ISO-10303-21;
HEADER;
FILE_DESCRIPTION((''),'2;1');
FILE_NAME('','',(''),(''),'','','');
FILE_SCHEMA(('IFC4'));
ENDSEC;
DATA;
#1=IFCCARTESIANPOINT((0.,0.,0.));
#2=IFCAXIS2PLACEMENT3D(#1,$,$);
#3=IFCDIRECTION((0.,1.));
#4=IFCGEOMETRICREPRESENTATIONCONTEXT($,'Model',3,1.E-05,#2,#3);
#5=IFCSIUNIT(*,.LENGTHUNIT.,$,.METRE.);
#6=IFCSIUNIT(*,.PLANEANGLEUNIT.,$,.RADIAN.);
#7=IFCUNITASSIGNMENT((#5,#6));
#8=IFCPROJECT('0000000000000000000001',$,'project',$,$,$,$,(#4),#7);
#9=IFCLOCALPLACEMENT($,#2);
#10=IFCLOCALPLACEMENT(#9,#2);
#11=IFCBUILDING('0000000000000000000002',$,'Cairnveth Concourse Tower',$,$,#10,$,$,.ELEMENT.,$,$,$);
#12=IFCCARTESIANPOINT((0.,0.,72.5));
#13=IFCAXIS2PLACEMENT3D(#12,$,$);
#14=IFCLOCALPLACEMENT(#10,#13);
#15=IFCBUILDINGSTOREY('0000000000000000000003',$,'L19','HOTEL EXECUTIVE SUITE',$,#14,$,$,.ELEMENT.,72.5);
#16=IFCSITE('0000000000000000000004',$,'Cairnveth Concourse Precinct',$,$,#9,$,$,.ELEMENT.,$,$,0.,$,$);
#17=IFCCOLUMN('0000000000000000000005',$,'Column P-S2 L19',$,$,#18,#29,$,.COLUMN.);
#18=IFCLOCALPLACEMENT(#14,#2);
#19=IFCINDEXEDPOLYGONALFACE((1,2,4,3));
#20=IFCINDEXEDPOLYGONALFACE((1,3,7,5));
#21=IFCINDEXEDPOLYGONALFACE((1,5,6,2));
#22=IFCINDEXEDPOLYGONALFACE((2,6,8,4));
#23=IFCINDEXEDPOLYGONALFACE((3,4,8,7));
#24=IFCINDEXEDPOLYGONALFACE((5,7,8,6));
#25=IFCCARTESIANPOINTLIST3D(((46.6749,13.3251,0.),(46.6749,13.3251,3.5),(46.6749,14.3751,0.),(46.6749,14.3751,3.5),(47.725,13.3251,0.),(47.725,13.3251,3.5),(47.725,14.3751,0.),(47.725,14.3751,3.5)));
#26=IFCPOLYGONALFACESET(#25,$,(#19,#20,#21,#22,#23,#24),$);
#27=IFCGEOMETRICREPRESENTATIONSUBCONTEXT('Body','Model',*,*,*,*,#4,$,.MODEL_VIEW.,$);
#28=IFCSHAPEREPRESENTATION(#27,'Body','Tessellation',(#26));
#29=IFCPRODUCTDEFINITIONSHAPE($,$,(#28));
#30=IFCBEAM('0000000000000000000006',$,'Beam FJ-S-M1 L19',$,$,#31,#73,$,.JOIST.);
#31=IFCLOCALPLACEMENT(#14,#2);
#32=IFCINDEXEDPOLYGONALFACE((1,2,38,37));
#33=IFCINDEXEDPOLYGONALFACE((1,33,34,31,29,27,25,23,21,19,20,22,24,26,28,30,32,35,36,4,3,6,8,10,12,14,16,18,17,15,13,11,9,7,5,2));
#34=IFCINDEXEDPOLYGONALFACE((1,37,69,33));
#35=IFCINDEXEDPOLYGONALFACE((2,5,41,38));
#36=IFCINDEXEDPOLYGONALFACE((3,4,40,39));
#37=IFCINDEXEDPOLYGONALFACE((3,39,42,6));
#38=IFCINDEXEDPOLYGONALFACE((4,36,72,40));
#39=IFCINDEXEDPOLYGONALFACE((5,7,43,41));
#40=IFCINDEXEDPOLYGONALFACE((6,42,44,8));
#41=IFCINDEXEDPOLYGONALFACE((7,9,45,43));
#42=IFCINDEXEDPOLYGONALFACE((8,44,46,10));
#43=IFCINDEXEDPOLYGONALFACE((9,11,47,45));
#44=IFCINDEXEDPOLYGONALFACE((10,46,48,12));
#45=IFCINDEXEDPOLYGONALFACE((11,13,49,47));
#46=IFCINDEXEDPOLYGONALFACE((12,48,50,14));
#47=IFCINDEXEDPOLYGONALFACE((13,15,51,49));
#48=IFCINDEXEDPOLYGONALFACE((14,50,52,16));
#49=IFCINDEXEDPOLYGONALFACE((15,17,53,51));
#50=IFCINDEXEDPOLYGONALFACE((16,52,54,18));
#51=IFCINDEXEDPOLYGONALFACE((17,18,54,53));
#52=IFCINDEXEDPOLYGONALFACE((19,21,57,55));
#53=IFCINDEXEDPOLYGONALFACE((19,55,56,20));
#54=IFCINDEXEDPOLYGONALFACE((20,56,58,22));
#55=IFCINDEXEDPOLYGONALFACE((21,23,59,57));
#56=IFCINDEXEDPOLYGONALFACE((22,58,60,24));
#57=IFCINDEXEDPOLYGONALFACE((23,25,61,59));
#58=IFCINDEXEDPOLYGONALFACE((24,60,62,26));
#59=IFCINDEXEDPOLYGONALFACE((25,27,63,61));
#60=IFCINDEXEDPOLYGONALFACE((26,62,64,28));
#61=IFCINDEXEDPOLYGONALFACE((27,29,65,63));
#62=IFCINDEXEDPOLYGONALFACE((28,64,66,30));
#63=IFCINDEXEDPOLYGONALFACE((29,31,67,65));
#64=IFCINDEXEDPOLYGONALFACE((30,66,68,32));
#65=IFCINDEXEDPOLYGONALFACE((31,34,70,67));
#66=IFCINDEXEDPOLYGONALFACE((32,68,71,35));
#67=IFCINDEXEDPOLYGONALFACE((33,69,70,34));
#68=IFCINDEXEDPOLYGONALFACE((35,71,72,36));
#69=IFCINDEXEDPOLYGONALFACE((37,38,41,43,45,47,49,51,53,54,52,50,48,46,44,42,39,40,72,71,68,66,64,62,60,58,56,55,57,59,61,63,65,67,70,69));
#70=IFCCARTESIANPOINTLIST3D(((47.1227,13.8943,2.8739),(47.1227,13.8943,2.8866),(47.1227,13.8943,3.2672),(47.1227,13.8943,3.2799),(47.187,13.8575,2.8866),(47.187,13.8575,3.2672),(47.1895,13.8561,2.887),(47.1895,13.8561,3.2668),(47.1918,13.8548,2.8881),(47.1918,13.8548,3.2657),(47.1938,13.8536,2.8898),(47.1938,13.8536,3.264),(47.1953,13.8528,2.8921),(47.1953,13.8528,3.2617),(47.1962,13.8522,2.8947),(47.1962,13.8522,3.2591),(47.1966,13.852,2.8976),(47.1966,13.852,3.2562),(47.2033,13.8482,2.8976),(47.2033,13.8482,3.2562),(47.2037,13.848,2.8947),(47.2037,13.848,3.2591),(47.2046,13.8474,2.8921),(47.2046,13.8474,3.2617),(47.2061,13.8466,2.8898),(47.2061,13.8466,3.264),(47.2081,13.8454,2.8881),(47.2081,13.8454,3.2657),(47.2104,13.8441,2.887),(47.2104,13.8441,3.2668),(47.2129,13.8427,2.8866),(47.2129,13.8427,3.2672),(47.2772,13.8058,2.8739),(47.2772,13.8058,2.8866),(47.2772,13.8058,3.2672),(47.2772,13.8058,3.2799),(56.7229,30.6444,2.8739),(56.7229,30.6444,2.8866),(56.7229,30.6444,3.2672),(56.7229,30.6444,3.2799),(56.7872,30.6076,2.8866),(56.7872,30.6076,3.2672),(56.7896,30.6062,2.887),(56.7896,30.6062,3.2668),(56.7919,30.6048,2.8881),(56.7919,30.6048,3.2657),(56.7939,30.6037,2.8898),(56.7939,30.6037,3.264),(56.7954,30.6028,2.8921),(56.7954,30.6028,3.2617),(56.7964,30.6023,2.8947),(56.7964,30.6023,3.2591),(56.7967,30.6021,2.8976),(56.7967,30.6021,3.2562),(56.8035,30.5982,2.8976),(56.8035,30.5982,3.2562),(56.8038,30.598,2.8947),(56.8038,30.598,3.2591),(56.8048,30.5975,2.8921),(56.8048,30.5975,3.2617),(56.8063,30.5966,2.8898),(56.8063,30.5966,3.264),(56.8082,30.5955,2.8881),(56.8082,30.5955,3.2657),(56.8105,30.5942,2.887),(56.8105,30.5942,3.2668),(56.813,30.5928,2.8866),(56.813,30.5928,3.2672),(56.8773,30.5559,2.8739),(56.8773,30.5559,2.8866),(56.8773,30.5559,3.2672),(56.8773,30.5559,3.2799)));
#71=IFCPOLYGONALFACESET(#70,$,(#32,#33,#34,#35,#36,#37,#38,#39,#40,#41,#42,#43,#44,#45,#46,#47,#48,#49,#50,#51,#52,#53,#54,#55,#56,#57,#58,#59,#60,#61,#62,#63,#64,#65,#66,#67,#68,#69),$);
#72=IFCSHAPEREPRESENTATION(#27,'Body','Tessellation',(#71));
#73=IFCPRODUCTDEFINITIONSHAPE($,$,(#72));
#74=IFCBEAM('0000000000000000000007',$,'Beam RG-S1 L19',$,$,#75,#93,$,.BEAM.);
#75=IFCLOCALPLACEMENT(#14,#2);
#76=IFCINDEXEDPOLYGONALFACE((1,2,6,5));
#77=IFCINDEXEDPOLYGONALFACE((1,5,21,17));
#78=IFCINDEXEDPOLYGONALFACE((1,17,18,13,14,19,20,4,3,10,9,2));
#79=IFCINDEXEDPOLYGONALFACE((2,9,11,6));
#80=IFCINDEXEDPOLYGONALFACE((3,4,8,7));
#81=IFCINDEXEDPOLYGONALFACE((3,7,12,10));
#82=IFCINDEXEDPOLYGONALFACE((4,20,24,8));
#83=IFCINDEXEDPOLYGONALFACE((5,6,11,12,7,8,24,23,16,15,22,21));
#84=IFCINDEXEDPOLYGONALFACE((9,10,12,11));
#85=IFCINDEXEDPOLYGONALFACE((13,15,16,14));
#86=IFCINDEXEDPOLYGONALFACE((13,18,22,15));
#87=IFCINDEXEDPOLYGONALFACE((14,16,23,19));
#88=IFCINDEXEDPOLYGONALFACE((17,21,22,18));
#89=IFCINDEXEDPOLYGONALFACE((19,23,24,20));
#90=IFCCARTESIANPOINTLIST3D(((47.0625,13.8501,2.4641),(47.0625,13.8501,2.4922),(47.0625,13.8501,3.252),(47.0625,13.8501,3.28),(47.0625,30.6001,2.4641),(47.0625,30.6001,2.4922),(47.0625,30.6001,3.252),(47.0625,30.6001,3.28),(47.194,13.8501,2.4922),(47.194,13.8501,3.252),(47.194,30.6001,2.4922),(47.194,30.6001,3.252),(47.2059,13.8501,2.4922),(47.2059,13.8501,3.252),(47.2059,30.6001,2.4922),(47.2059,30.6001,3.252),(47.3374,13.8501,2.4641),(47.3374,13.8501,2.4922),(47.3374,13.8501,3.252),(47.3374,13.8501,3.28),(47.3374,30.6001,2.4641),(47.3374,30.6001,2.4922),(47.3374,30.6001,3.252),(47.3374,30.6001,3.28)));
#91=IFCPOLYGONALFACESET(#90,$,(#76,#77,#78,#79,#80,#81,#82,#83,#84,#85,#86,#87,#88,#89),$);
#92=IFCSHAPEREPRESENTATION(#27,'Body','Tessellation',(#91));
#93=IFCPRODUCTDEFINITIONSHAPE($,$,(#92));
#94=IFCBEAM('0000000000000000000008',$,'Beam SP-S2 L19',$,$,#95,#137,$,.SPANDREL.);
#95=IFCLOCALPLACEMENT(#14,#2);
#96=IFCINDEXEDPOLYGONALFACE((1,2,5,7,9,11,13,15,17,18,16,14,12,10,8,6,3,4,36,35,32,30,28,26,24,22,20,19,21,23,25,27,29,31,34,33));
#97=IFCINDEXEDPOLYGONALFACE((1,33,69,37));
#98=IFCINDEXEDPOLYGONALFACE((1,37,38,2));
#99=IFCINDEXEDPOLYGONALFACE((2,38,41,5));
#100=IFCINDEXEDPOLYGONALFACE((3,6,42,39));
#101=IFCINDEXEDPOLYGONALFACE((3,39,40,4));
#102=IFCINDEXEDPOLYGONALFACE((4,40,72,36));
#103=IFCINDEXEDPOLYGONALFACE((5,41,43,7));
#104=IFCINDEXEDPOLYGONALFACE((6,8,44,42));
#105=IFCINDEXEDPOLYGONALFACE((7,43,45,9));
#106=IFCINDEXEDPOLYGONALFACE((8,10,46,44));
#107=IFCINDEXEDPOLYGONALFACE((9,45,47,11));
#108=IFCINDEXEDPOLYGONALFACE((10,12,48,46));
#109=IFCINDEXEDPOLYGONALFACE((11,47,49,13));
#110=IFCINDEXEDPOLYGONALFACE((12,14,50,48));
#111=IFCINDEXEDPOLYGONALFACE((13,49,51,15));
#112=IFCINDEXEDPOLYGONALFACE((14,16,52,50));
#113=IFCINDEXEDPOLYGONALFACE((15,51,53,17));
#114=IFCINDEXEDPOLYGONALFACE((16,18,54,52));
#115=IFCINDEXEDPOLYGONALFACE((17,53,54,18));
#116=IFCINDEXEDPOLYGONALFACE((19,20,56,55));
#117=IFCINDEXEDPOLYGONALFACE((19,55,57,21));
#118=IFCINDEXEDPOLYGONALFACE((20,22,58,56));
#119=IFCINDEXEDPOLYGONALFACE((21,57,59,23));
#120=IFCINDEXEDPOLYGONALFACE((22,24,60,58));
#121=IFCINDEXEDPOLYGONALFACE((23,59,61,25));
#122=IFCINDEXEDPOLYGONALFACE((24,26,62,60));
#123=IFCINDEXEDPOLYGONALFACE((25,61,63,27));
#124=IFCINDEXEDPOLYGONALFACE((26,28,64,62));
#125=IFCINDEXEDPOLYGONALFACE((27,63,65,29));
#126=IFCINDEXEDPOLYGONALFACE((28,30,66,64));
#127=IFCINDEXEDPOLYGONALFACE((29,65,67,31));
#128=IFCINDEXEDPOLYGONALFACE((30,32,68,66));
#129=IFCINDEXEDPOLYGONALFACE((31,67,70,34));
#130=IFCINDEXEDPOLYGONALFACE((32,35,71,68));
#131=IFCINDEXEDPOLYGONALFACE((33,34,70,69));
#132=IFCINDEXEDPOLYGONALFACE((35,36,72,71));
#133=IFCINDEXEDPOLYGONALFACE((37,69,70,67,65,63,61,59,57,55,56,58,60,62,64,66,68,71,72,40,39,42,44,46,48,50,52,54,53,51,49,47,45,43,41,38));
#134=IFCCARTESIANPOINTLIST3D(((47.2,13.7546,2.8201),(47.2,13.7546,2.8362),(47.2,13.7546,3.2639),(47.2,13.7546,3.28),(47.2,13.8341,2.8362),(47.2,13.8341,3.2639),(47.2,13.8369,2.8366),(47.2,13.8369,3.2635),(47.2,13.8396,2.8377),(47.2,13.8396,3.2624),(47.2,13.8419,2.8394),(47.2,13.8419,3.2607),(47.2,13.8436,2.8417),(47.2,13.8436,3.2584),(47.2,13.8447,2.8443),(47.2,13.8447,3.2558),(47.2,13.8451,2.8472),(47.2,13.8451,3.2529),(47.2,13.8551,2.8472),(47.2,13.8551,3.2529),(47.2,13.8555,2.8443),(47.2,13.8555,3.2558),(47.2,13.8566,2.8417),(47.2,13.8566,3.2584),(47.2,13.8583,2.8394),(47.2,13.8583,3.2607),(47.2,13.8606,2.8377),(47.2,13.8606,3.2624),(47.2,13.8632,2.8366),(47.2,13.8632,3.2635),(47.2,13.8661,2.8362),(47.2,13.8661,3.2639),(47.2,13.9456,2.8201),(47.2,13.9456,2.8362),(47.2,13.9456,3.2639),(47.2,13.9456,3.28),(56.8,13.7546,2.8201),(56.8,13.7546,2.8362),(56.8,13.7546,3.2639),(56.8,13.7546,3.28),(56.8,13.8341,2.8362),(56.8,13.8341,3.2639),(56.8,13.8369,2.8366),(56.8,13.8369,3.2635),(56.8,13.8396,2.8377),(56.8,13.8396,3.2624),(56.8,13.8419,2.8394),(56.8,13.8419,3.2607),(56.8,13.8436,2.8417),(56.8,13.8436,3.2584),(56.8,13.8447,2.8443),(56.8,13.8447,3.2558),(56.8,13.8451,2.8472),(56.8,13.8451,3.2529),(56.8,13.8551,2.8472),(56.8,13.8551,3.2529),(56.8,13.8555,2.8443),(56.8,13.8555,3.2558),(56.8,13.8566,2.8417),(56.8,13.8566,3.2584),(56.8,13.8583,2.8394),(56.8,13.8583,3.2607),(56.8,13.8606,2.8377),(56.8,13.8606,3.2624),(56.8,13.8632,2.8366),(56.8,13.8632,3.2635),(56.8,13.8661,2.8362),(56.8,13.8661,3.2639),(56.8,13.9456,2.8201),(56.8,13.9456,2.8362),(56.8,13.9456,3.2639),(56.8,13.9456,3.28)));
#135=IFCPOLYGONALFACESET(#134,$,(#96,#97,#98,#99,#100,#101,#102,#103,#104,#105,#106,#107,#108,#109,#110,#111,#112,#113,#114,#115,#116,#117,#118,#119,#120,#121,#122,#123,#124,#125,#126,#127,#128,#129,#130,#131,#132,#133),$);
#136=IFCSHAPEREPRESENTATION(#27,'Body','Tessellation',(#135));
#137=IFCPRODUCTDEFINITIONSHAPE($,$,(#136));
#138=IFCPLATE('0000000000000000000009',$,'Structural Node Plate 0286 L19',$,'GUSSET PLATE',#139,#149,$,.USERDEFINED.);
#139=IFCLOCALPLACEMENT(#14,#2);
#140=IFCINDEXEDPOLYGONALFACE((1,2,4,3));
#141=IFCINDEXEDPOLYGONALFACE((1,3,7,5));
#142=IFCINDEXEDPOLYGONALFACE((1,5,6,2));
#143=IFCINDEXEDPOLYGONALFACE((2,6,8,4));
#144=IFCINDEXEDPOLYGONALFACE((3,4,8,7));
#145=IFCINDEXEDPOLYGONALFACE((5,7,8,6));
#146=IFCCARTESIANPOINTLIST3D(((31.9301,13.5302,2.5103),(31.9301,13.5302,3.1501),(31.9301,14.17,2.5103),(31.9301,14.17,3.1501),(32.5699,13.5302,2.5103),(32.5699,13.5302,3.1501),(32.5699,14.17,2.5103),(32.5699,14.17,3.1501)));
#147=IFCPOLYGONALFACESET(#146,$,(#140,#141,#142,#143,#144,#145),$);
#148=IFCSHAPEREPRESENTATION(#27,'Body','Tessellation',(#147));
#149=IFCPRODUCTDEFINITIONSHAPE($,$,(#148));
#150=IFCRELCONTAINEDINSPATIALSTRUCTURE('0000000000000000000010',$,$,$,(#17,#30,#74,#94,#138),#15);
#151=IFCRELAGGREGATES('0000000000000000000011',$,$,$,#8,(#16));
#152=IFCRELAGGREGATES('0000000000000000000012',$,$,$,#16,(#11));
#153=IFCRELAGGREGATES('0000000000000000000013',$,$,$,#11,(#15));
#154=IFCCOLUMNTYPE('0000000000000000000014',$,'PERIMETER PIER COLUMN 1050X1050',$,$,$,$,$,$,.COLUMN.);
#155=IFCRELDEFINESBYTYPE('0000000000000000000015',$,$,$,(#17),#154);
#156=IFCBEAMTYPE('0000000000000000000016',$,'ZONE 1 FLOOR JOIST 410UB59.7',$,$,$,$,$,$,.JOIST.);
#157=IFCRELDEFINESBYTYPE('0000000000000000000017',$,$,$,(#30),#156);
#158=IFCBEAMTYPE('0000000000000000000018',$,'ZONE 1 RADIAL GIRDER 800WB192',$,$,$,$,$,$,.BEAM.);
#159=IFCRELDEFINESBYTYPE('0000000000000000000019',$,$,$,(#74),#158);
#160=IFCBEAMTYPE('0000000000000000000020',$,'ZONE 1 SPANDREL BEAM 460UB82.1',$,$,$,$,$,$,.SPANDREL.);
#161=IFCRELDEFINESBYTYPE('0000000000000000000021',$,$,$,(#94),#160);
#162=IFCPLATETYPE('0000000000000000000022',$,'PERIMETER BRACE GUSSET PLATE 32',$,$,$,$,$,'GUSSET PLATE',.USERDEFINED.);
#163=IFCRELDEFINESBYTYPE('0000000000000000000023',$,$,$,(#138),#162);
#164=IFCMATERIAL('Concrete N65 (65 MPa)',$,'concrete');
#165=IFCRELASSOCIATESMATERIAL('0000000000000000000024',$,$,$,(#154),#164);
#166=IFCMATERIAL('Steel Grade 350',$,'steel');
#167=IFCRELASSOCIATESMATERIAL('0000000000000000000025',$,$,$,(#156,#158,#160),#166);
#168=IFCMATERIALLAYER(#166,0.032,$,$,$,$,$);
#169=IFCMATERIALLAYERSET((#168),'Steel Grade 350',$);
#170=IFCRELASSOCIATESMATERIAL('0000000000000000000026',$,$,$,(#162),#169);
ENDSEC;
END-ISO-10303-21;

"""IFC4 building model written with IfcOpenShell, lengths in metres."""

from ifc_helpers import new_model, si_unit, direction, frame, origin, origin_2d, place, context, subcontext, project, spatial, rectangle, i_section, extrude, material, layer, layer_set, material_profile, profile_set, type_object, element, save


model = new_model("IFC4")

# Units and contexts
model_context = context("Model", 3, precision=1e-05, world=origin(), true_north=direction((0.0, 1.0)))
body_context = subcontext(model_context, "Body", "Model", "MODEL_VIEW")
ifc_project = project(units=[si_unit("LENGTHUNIT", "METRE"), si_unit("PLANEANGLEUNIT", "RADIAN")], contexts=[model_context])

# Site, building, storey
site_placement = place(None, origin())
site = spatial("IfcSite", under=ifc_project, at=site_placement, Name="Cairnveth Concourse Precinct", CompositionType="ELEMENT", RefElevation=0.0)
building_placement = place(site_placement, origin())
building = spatial("IfcBuilding", under=site, at=building_placement, Name="Cairnveth Concourse Tower", CompositionType="ELEMENT")
storey_placement = place(building_placement, frame((0.0, 0.0, 72.5)))
storey = spatial("IfcBuildingStorey", under=building, at=storey_placement, Name="L19", Description="HOTEL EXECUTIVE SUITE", CompositionType="ELEMENT", Elevation=72.5)

# Column
ifc_material_1 = material(Name="Concrete N65 (65 MPa)", Category="concrete")
ifc_material_profile_1 = material_profile(ifc_material_1, rectangle(XDim=1.05, YDim=1.05, at=origin_2d()), Name="RC-COL-1050x1050")
ifc_profile_set_1 = profile_set([ifc_material_profile_1], Name="Concrete N65 (65 MPa)")
column_type = type_object("IfcColumnType", Name="PERIMETER PIER COLUMN 1050X1050", PredefinedType="COLUMN", material=ifc_profile_set_1)
column_placement = place(storey_placement, frame((47.2, 13.8501, 0.0), z_axis=(0.0, 0.0, 1.0), x_axis=(1.0, 0.0, 0.0)))
element("IfcColumn", 1, at=column_placement, inside=storey, type_object=column_type, Name="Column P-S2 L19", PredefinedType="COLUMN", context=body_context, shape_type="SweptSolid", body=[
    extrude(rectangle(XDim=1.05, YDim=1.05, at=origin_2d()), origin(), (0.0, 0.0, 1.0), 3.5),
])

# Beams
ifc_material_2 = material(Name="Steel Grade 350", Category="steel")
ifc_material_profile_2 = material_profile(ifc_material_2, i_section(OverallWidth=0.178, OverallDepth=0.406, WebThickness=0.0078, FlangeThickness=0.0127, FilletRadius=0.011, at=origin_2d()), Name="410UB59.7")
ifc_profile_set_2 = profile_set([ifc_material_profile_2], Name="Steel Grade 350")
beam_type_1 = type_object("IfcBeamType", Name="ZONE 1 FLOOR JOIST 410UB59.7", PredefinedType="JOIST", material=ifc_profile_set_2)
beam_1_placement = place(storey_placement, frame((47.2, 13.8501, 3.0769), z_axis=(0.497258, 0.867603, 0.0), x_axis=(-0.867603, 0.497258, 0.0)))
element("IfcBeam", 2, at=beam_1_placement, inside=storey, type_object=beam_type_1, Name="Beam FJ-S-M1 L19", PredefinedType="JOIST", context=body_context, shape_type="SweptSolid", body=[
    extrude(i_section(OverallWidth=0.178, OverallDepth=0.406, WebThickness=0.0078, FlangeThickness=0.0127, FilletRadius=0.011, at=origin_2d()), origin(), (0.0, 0.0, 1.0), 19.3062),
])
ifc_material_profile_3 = material_profile(ifc_material_2, i_section(OverallWidth=0.2749, OverallDepth=0.8159, WebThickness=0.012, FlangeThickness=0.0281, at=origin_2d()), Name="800WB192")
ifc_profile_set_3 = profile_set([ifc_material_profile_3], Name="Steel Grade 350")
beam_type_2 = type_object("IfcBeamType", Name="ZONE 1 RADIAL GIRDER 800WB192", PredefinedType="BEAM", material=ifc_profile_set_3)
beam_2_placement = place(storey_placement, frame((47.2, 13.8501, 2.8721), z_axis=(0.0, 1.0, 0.0), x_axis=(-1.0, 0.0, 0.0)))
element("IfcBeam", 3, at=beam_2_placement, inside=storey, type_object=beam_type_2, Name="Beam RG-S1 L19", PredefinedType="BEAM", context=body_context, shape_type="SweptSolid", body=[
    extrude(i_section(OverallWidth=0.2749, OverallDepth=0.8159, WebThickness=0.012, FlangeThickness=0.0281, at=origin_2d()), origin(), (0.0, 0.0, 1.0), 16.75),
])
ifc_material_profile_4 = material_profile(ifc_material_2, i_section(OverallWidth=0.1909, OverallDepth=0.46, WebThickness=0.01, FlangeThickness=0.0161, FilletRadius=0.011, at=origin_2d()), Name="460UB82.1")
ifc_profile_set_4 = profile_set([ifc_material_profile_4], Name="Steel Grade 350")
beam_type_3 = type_object("IfcBeamType", Name="ZONE 1 SPANDREL BEAM 460UB82.1", PredefinedType="SPANDREL", material=ifc_profile_set_4)
beam_3_placement = place(storey_placement, frame((47.2, 13.8501, 3.05), z_axis=(1.0, 0.0, 0.0), x_axis=(0.0, 1.0, 0.0)))
element("IfcBeam", 4, at=beam_3_placement, inside=storey, type_object=beam_type_3, Name="Beam SP-S2 L19", PredefinedType="SPANDREL", context=body_context, shape_type="SweptSolid", body=[
    extrude(i_section(OverallWidth=0.1909, OverallDepth=0.46, WebThickness=0.01, FlangeThickness=0.0161, FilletRadius=0.011, at=origin_2d()), origin(), (0.0, 0.0, 1.0), 9.6001),
])

# Plate
ifc_layer_1 = layer(ifc_material_2, 0.032)
ifc_layer_set_1 = layer_set([ifc_layer_1], Name="Steel Grade 350")
plate_type = type_object("IfcPlateType", Name="PERIMETER BRACE GUSSET PLATE 32", ElementType="GUSSET PLATE", PredefinedType="USERDEFINED", material=ifc_layer_set_1)
plate_placement = place(storey_placement, frame((32.25, 13.8501, 2.5103), z_axis=(0.0, 0.0, 1.0), x_axis=(1.0, 0.0, 0.0)))
element("IfcPlate", 5, at=plate_placement, inside=storey, type_object=plate_type, Name="Structural Node Plate 0286 L19", ObjectType="GUSSET PLATE", PredefinedType="USERDEFINED", context=body_context, shape_type="SweptSolid", body=[
    extrude(rectangle(XDim=0.6399, YDim=0.6399, at=origin_2d()), origin(), (0.0, 0.0, 1.0), 0.6399),
])

save(model, "model.ifc")
